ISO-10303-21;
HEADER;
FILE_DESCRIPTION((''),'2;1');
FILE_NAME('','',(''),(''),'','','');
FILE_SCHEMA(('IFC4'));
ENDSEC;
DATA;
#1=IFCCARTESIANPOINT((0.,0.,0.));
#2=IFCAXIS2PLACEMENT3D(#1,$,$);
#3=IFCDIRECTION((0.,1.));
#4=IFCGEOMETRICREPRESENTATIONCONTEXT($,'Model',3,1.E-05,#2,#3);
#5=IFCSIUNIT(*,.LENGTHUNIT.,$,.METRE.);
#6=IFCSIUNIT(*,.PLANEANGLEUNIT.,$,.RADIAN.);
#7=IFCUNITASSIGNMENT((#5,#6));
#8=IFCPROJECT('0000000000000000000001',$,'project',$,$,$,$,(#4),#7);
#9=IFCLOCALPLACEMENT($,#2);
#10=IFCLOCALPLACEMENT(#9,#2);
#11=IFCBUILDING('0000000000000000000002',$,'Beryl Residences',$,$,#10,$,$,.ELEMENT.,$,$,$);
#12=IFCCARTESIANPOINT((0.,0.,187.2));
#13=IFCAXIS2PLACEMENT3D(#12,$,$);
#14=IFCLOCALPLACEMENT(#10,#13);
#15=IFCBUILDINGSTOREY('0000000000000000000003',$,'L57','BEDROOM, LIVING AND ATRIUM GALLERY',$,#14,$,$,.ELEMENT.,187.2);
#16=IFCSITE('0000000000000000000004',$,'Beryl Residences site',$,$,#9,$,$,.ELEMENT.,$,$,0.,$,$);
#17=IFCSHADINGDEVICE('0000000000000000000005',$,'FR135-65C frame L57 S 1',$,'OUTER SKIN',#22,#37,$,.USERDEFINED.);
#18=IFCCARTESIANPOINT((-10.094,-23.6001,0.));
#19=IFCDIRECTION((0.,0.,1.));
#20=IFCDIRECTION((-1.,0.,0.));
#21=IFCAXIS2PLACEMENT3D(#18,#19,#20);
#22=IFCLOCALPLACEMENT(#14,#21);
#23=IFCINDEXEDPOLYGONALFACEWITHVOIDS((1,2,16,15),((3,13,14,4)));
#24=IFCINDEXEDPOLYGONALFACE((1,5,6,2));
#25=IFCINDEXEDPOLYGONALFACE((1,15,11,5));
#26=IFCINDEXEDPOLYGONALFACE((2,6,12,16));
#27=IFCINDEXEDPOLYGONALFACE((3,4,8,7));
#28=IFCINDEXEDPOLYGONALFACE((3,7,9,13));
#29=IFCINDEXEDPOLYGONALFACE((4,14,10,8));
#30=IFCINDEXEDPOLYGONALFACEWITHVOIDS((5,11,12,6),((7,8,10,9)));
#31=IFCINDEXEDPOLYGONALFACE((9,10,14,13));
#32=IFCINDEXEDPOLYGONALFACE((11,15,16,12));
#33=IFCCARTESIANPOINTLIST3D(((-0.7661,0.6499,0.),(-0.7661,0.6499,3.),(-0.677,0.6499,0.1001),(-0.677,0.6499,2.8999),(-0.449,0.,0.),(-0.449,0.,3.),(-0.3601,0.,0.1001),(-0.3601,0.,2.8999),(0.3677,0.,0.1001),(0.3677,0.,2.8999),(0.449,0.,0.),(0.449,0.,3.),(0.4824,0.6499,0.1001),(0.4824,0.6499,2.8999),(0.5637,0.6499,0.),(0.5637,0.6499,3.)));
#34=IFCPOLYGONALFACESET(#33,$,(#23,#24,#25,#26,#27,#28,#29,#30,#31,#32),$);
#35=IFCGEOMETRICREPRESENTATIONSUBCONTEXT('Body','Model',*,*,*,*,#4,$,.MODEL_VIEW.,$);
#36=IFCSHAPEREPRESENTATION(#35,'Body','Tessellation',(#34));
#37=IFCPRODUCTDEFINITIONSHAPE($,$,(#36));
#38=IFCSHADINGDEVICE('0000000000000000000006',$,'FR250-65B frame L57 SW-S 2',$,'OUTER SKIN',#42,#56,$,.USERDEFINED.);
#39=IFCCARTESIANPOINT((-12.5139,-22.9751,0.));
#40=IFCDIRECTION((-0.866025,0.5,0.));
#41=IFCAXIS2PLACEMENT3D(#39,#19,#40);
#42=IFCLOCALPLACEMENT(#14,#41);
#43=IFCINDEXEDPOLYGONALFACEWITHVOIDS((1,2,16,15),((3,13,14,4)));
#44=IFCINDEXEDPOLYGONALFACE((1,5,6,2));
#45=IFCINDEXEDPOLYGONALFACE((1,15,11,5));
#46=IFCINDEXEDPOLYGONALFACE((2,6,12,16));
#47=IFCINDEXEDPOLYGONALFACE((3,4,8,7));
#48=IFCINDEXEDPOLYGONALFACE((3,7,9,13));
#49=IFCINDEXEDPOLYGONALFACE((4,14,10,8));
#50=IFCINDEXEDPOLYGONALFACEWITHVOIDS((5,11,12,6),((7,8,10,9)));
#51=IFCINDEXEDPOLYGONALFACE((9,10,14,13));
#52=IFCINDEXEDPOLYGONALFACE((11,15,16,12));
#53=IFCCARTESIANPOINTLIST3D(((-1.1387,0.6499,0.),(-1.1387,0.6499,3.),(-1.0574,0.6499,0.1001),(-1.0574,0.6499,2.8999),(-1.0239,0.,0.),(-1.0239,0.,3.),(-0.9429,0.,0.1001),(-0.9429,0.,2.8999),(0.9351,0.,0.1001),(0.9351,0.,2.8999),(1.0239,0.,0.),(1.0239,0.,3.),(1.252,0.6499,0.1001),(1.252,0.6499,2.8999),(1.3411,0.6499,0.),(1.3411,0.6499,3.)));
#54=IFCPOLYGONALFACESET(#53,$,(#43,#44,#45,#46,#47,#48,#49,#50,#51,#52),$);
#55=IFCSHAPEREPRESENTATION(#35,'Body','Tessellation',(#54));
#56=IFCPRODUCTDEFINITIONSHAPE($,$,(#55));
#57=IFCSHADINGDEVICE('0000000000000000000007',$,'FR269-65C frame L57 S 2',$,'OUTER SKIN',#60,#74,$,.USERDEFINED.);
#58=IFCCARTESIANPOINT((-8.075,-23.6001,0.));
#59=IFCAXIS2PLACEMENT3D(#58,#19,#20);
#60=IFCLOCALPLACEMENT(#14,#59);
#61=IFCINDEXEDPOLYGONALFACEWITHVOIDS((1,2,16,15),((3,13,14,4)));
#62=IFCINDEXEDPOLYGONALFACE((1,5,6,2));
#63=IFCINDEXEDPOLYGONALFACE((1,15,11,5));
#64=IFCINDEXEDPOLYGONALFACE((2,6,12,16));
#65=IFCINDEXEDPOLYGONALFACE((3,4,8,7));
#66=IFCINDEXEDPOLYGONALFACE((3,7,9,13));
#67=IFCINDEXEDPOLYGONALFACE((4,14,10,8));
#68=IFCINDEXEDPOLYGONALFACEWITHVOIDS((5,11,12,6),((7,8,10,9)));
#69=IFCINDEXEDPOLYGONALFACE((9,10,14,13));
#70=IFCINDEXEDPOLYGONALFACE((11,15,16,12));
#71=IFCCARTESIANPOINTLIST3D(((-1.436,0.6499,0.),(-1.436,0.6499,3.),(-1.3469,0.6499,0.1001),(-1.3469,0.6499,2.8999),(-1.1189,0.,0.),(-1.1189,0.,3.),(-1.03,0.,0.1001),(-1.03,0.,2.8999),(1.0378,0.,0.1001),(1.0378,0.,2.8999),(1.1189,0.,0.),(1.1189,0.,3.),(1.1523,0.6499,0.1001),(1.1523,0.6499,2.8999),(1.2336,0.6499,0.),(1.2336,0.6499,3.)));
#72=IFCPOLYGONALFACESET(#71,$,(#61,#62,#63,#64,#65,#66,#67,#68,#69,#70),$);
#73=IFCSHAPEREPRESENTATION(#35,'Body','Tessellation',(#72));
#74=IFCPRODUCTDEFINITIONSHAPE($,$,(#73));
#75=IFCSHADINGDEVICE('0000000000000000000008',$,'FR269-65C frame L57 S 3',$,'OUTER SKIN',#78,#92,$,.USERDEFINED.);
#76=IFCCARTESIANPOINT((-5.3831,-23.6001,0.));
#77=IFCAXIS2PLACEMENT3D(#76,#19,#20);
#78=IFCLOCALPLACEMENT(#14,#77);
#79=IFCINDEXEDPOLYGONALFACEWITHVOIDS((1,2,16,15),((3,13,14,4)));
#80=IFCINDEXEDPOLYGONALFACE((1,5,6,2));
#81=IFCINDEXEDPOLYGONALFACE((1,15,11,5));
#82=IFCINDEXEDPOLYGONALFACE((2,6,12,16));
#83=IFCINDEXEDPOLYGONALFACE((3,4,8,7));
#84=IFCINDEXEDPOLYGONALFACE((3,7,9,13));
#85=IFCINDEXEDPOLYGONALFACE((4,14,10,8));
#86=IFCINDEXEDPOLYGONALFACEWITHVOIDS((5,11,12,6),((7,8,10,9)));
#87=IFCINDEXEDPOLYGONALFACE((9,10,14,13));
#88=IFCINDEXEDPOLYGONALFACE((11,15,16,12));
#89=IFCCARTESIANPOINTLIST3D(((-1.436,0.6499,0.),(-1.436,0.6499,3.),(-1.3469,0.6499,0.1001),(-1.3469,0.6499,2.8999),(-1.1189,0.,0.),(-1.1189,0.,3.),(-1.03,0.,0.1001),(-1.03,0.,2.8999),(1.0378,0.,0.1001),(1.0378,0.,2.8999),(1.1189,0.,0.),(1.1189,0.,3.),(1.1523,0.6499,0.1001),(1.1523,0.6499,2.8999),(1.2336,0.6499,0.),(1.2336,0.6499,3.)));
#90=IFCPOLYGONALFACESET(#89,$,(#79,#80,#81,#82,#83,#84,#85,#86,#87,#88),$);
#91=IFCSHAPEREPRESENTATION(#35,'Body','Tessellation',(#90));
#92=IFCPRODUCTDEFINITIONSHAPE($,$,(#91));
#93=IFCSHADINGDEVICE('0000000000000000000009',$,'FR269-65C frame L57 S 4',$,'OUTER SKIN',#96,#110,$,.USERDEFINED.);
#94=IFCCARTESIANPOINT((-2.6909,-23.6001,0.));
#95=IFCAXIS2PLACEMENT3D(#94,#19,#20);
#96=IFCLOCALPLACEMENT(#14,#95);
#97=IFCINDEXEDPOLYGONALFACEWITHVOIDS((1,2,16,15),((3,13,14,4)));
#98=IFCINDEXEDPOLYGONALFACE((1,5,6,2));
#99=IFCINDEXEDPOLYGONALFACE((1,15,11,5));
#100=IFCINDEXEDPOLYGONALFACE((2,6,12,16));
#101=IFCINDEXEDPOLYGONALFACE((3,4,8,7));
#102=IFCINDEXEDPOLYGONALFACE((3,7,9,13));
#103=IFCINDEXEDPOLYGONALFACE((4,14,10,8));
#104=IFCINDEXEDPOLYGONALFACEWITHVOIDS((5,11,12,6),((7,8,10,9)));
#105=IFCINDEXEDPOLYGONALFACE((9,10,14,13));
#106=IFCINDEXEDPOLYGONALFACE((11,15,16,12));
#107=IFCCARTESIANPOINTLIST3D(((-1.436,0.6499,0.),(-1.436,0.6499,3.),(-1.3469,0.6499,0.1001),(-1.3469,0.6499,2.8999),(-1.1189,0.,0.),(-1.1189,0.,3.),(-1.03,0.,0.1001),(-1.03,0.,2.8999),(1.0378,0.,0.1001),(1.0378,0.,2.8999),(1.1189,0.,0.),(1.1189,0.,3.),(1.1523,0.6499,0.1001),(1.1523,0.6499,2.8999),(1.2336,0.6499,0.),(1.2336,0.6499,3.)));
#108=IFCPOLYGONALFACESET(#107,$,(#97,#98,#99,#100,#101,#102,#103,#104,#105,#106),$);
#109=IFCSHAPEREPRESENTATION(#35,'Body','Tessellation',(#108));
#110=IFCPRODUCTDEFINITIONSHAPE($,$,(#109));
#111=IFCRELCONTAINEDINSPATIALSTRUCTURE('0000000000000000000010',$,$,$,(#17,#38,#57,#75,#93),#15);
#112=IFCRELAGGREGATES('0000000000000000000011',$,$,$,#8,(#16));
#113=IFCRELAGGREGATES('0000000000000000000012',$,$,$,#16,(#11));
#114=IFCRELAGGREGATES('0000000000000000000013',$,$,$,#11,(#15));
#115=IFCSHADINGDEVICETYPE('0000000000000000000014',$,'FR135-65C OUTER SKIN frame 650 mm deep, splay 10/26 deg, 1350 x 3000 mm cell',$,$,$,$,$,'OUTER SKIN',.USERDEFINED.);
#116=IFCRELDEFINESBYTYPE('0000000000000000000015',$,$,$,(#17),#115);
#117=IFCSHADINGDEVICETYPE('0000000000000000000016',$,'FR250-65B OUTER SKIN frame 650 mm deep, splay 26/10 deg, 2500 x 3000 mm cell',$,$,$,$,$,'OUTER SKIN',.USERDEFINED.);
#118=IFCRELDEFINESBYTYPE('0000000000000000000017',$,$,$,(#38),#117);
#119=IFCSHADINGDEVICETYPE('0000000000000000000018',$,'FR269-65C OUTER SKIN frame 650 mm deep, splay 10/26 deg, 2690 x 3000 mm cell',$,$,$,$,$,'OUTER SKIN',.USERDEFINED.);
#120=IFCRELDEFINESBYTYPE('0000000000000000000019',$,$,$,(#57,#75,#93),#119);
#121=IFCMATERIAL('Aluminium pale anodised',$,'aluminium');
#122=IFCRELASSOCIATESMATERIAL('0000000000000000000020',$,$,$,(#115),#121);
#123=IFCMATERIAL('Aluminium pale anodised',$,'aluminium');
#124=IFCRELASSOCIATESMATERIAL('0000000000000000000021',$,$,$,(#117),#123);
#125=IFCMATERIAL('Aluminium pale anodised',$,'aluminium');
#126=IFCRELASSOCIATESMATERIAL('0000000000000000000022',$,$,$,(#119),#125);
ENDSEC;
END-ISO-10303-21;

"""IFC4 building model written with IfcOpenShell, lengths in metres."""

from ifc_helpers import new_model, entity, si_unit, direction, frame, origin, place, context, subcontext, project, spatial, source, transform, mapped, material, type_object, type_shapes, element, save


model = new_model("IFC4")

# Units and contexts
model_context = context("Model", 3, precision=1e-05, world=origin(), true_north=direction((0.0, 1.0)))
body_context = subcontext(model_context, "Body", "Model", "MODEL_VIEW")
ifc_project = project(units=[si_unit("LENGTHUNIT", "METRE"), si_unit("PLANEANGLEUNIT", "RADIAN")], contexts=[model_context])

# Site, building, storey
site_placement = place(None, origin())
site = spatial("IfcSite", under=ifc_project, at=site_placement, Name="Beryl Residences site", CompositionType="ELEMENT", RefElevation=0.0)
building_placement = place(site_placement, origin())
building = spatial("IfcBuilding", under=site, at=building_placement, Name="Beryl Residences", CompositionType="ELEMENT")
storey_placement = place(building_placement, frame((0.0, 0.0, 187.2)))
storey = spatial("IfcBuildingStorey", under=building, at=storey_placement, Name="L57", Description="BEDROOM, LIVING AND ATRIUM GALLERY", CompositionType="ELEMENT", Elevation=187.2)

# Shading devices
ifc_material_1 = material(Name="Aluminium pale anodised", Category="aluminium")
shading_device_type_1 = type_object("IfcShadingDeviceType", Name="FR135-65C OUTER SKIN frame 650 mm deep, splay 10/26 deg, 1350 x 3000 mm cell", ElementType="OUTER SKIN", PredefinedType="USERDEFINED", material=ifc_material_1)
cartesian_point_1 = entity("IfcCartesianPoint", [-0.449, 0.0])
cartesian_point_2 = entity("IfcCartesianPoint", [-0.3677, 0.1001])
cartesian_point_3 = entity("IfcCartesianPoint", [-0.5637, 0.0])
cartesian_point_4 = entity("IfcCartesianPoint", [-0.4824, 0.1001])
shared_shape_1 = source(origin(), body_context, "Body", "SweptSolid", [
    entity("IfcExtrudedAreaSolidTapered", entity("IfcArbitraryProfileDefWithVoids", "AREA", None, entity("IfcPolyline", [cartesian_point_1, entity("IfcCartesianPoint", [0.449, 0.0]), entity("IfcCartesianPoint", [0.449, 3.0]), entity("IfcCartesianPoint", [-0.449, 3.0]), cartesian_point_1]), [entity("IfcPolyline", [cartesian_point_2, entity("IfcCartesianPoint", [0.3601, 0.1001]), entity("IfcCartesianPoint", [0.3601, 2.8999]), entity("IfcCartesianPoint", [-0.3677, 2.8999]), cartesian_point_2])]), entity("IfcAxis2Placement3D", entity("IfcCartesianPoint", [0.0, 0.0, 0.0]), entity("IfcDirection", [0.0, 1.0, 0.0]), entity("IfcDirection", [-1.0, 0.0, 0.0])), entity("IfcDirection", [0.0, 0.0, 1.0]), 0.6499, entity("IfcArbitraryProfileDefWithVoids", "AREA", None, entity("IfcPolyline", [cartesian_point_3, entity("IfcCartesianPoint", [0.7661, 0.0]), entity("IfcCartesianPoint", [0.7661, 3.0]), entity("IfcCartesianPoint", [-0.5637, 3.0]), cartesian_point_3]), [entity("IfcPolyline", [cartesian_point_4, entity("IfcCartesianPoint", [0.677, 0.1001]), entity("IfcCartesianPoint", [0.677, 2.8999]), entity("IfcCartesianPoint", [-0.4824, 2.8999]), cartesian_point_4])])),
])
type_shapes(shading_device_type_1, [shared_shape_1])
shading_device_1_placement = place(storey_placement, frame((-10.094, -23.6001, 0.0), z_axis=(0.0, 0.0, 1.0), x_axis=(-1.0, 0.0, 0.0)))
element("IfcShadingDevice", 1, at=shading_device_1_placement, inside=storey, type_object=shading_device_type_1, Name="FR135-65C frame L57 S 1", ObjectType="OUTER SKIN", PredefinedType="USERDEFINED", context=body_context, shape_type="MappedRepresentation", body=[
    mapped(shared_shape_1, transform((0.0, 0.0, 0.0))),
])
ifc_material_2 = material(Name="Aluminium pale anodised", Category="aluminium")
shading_device_type_2 = type_object("IfcShadingDeviceType", Name="FR250-65B OUTER SKIN frame 650 mm deep, splay 26/10 deg, 2500 x 3000 mm cell", ElementType="OUTER SKIN", PredefinedType="USERDEFINED", material=ifc_material_2)
cartesian_point_5 = entity("IfcCartesianPoint", [-1.0239, 0.0])
cartesian_point_6 = entity("IfcCartesianPoint", [-0.9351, 0.1001])
cartesian_point_7 = entity("IfcCartesianPoint", [-1.3411, 0.0])
cartesian_point_8 = entity("IfcCartesianPoint", [-1.252, 0.1001])
shared_shape_2 = source(origin(), body_context, "Body", "SweptSolid", [
    entity("IfcExtrudedAreaSolidTapered", entity("IfcArbitraryProfileDefWithVoids", "AREA", None, entity("IfcPolyline", [cartesian_point_5, entity("IfcCartesianPoint", [1.0239, 0.0]), entity("IfcCartesianPoint", [1.0239, 3.0]), entity("IfcCartesianPoint", [-1.0239, 3.0]), cartesian_point_5]), [entity("IfcPolyline", [cartesian_point_6, entity("IfcCartesianPoint", [0.9429, 0.1001]), entity("IfcCartesianPoint", [0.9429, 2.8999]), entity("IfcCartesianPoint", [-0.9351, 2.8999]), cartesian_point_6])]), entity("IfcAxis2Placement3D", entity("IfcCartesianPoint", [0.0, 0.0, 0.0]), entity("IfcDirection", [0.0, 1.0, 0.0]), entity("IfcDirection", [-1.0, 0.0, 0.0])), entity("IfcDirection", [0.0, 0.0, 1.0]), 0.6499, entity("IfcArbitraryProfileDefWithVoids", "AREA", None, entity("IfcPolyline", [cartesian_point_7, entity("IfcCartesianPoint", [1.1387, 0.0]), entity("IfcCartesianPoint", [1.1387, 3.0]), entity("IfcCartesianPoint", [-1.3411, 3.0]), cartesian_point_7]), [entity("IfcPolyline", [cartesian_point_8, entity("IfcCartesianPoint", [1.0574, 0.1001]), entity("IfcCartesianPoint", [1.0574, 2.8999]), entity("IfcCartesianPoint", [-1.252, 2.8999]), cartesian_point_8])])),
])
type_shapes(shading_device_type_2, [shared_shape_2])
shading_device_2_placement = place(storey_placement, frame((-12.5139, -22.9751, 0.0), z_axis=(0.0, 0.0, 1.0), x_axis=(-0.866025, 0.5, 0.0)))
element("IfcShadingDevice", 2, at=shading_device_2_placement, inside=storey, type_object=shading_device_type_2, Name="FR250-65B frame L57 SW-S 2", ObjectType="OUTER SKIN", PredefinedType="USERDEFINED", context=body_context, shape_type="MappedRepresentation", body=[
    mapped(shared_shape_2, transform((0.0, 0.0, 0.0))),
])
ifc_material_3 = material(Name="Aluminium pale anodised", Category="aluminium")
shading_device_type_3 = type_object("IfcShadingDeviceType", Name="FR269-65C OUTER SKIN frame 650 mm deep, splay 10/26 deg, 2690 x 3000 mm cell", ElementType="OUTER SKIN", PredefinedType="USERDEFINED", material=ifc_material_3)
cartesian_point_9 = entity("IfcCartesianPoint", [-1.1189, 0.0])
cartesian_point_10 = entity("IfcCartesianPoint", [-1.0378, 0.1001])
cartesian_point_11 = entity("IfcCartesianPoint", [-1.2336, 0.0])
cartesian_point_12 = entity("IfcCartesianPoint", [-1.1523, 0.1001])
shared_shape_3 = source(origin(), body_context, "Body", "SweptSolid", [
    entity("IfcExtrudedAreaSolidTapered", entity("IfcArbitraryProfileDefWithVoids", "AREA", None, entity("IfcPolyline", [cartesian_point_9, entity("IfcCartesianPoint", [1.1189, 0.0]), entity("IfcCartesianPoint", [1.1189, 3.0]), entity("IfcCartesianPoint", [-1.1189, 3.0]), cartesian_point_9]), [entity("IfcPolyline", [cartesian_point_10, entity("IfcCartesianPoint", [1.03, 0.1001]), entity("IfcCartesianPoint", [1.03, 2.8999]), entity("IfcCartesianPoint", [-1.0378, 2.8999]), cartesian_point_10])]), entity("IfcAxis2Placement3D", entity("IfcCartesianPoint", [0.0, 0.0, 0.0]), entity("IfcDirection", [0.0, 1.0, 0.0]), entity("IfcDirection", [-1.0, 0.0, 0.0])), entity("IfcDirection", [0.0, 0.0, 1.0]), 0.6499, entity("IfcArbitraryProfileDefWithVoids", "AREA", None, entity("IfcPolyline", [cartesian_point_11, entity("IfcCartesianPoint", [1.436, 0.0]), entity("IfcCartesianPoint", [1.436, 3.0]), entity("IfcCartesianPoint", [-1.2336, 3.0]), cartesian_point_11]), [entity("IfcPolyline", [cartesian_point_12, entity("IfcCartesianPoint", [1.3469, 0.1001]), entity("IfcCartesianPoint", [1.3469, 2.8999]), entity("IfcCartesianPoint", [-1.1523, 2.8999]), cartesian_point_12])])),
])
type_shapes(shading_device_type_3, [shared_shape_3])
for number, where, z_axis, x_axis, name in (
    (3, (-8.075, -23.6001, 0.0), (0.0, 0.0, 1.0), (-1.0, 0.0, 0.0), "FR269-65C frame L57 S 2"),
    (4, (-5.3831, -23.6001, 0.0), (0.0, 0.0, 1.0), (-1.0, 0.0, 0.0), "FR269-65C frame L57 S 3"),
    (5, (-2.6909, -23.6001, 0.0), (0.0, 0.0, 1.0), (-1.0, 0.0, 0.0), "FR269-65C frame L57 S 4"),
):
    element("IfcShadingDevice", number, at=place(storey_placement, frame(where, z_axis=z_axis, x_axis=x_axis)), inside=storey, type_object=shading_device_type_3, Name=name, ObjectType="OUTER SKIN", PredefinedType="USERDEFINED", context=body_context, shape_type="MappedRepresentation", body=[
        mapped(shared_shape_3, transform((0.0, 0.0, 0.0))),
    ])

save(model, "model.ifc")
